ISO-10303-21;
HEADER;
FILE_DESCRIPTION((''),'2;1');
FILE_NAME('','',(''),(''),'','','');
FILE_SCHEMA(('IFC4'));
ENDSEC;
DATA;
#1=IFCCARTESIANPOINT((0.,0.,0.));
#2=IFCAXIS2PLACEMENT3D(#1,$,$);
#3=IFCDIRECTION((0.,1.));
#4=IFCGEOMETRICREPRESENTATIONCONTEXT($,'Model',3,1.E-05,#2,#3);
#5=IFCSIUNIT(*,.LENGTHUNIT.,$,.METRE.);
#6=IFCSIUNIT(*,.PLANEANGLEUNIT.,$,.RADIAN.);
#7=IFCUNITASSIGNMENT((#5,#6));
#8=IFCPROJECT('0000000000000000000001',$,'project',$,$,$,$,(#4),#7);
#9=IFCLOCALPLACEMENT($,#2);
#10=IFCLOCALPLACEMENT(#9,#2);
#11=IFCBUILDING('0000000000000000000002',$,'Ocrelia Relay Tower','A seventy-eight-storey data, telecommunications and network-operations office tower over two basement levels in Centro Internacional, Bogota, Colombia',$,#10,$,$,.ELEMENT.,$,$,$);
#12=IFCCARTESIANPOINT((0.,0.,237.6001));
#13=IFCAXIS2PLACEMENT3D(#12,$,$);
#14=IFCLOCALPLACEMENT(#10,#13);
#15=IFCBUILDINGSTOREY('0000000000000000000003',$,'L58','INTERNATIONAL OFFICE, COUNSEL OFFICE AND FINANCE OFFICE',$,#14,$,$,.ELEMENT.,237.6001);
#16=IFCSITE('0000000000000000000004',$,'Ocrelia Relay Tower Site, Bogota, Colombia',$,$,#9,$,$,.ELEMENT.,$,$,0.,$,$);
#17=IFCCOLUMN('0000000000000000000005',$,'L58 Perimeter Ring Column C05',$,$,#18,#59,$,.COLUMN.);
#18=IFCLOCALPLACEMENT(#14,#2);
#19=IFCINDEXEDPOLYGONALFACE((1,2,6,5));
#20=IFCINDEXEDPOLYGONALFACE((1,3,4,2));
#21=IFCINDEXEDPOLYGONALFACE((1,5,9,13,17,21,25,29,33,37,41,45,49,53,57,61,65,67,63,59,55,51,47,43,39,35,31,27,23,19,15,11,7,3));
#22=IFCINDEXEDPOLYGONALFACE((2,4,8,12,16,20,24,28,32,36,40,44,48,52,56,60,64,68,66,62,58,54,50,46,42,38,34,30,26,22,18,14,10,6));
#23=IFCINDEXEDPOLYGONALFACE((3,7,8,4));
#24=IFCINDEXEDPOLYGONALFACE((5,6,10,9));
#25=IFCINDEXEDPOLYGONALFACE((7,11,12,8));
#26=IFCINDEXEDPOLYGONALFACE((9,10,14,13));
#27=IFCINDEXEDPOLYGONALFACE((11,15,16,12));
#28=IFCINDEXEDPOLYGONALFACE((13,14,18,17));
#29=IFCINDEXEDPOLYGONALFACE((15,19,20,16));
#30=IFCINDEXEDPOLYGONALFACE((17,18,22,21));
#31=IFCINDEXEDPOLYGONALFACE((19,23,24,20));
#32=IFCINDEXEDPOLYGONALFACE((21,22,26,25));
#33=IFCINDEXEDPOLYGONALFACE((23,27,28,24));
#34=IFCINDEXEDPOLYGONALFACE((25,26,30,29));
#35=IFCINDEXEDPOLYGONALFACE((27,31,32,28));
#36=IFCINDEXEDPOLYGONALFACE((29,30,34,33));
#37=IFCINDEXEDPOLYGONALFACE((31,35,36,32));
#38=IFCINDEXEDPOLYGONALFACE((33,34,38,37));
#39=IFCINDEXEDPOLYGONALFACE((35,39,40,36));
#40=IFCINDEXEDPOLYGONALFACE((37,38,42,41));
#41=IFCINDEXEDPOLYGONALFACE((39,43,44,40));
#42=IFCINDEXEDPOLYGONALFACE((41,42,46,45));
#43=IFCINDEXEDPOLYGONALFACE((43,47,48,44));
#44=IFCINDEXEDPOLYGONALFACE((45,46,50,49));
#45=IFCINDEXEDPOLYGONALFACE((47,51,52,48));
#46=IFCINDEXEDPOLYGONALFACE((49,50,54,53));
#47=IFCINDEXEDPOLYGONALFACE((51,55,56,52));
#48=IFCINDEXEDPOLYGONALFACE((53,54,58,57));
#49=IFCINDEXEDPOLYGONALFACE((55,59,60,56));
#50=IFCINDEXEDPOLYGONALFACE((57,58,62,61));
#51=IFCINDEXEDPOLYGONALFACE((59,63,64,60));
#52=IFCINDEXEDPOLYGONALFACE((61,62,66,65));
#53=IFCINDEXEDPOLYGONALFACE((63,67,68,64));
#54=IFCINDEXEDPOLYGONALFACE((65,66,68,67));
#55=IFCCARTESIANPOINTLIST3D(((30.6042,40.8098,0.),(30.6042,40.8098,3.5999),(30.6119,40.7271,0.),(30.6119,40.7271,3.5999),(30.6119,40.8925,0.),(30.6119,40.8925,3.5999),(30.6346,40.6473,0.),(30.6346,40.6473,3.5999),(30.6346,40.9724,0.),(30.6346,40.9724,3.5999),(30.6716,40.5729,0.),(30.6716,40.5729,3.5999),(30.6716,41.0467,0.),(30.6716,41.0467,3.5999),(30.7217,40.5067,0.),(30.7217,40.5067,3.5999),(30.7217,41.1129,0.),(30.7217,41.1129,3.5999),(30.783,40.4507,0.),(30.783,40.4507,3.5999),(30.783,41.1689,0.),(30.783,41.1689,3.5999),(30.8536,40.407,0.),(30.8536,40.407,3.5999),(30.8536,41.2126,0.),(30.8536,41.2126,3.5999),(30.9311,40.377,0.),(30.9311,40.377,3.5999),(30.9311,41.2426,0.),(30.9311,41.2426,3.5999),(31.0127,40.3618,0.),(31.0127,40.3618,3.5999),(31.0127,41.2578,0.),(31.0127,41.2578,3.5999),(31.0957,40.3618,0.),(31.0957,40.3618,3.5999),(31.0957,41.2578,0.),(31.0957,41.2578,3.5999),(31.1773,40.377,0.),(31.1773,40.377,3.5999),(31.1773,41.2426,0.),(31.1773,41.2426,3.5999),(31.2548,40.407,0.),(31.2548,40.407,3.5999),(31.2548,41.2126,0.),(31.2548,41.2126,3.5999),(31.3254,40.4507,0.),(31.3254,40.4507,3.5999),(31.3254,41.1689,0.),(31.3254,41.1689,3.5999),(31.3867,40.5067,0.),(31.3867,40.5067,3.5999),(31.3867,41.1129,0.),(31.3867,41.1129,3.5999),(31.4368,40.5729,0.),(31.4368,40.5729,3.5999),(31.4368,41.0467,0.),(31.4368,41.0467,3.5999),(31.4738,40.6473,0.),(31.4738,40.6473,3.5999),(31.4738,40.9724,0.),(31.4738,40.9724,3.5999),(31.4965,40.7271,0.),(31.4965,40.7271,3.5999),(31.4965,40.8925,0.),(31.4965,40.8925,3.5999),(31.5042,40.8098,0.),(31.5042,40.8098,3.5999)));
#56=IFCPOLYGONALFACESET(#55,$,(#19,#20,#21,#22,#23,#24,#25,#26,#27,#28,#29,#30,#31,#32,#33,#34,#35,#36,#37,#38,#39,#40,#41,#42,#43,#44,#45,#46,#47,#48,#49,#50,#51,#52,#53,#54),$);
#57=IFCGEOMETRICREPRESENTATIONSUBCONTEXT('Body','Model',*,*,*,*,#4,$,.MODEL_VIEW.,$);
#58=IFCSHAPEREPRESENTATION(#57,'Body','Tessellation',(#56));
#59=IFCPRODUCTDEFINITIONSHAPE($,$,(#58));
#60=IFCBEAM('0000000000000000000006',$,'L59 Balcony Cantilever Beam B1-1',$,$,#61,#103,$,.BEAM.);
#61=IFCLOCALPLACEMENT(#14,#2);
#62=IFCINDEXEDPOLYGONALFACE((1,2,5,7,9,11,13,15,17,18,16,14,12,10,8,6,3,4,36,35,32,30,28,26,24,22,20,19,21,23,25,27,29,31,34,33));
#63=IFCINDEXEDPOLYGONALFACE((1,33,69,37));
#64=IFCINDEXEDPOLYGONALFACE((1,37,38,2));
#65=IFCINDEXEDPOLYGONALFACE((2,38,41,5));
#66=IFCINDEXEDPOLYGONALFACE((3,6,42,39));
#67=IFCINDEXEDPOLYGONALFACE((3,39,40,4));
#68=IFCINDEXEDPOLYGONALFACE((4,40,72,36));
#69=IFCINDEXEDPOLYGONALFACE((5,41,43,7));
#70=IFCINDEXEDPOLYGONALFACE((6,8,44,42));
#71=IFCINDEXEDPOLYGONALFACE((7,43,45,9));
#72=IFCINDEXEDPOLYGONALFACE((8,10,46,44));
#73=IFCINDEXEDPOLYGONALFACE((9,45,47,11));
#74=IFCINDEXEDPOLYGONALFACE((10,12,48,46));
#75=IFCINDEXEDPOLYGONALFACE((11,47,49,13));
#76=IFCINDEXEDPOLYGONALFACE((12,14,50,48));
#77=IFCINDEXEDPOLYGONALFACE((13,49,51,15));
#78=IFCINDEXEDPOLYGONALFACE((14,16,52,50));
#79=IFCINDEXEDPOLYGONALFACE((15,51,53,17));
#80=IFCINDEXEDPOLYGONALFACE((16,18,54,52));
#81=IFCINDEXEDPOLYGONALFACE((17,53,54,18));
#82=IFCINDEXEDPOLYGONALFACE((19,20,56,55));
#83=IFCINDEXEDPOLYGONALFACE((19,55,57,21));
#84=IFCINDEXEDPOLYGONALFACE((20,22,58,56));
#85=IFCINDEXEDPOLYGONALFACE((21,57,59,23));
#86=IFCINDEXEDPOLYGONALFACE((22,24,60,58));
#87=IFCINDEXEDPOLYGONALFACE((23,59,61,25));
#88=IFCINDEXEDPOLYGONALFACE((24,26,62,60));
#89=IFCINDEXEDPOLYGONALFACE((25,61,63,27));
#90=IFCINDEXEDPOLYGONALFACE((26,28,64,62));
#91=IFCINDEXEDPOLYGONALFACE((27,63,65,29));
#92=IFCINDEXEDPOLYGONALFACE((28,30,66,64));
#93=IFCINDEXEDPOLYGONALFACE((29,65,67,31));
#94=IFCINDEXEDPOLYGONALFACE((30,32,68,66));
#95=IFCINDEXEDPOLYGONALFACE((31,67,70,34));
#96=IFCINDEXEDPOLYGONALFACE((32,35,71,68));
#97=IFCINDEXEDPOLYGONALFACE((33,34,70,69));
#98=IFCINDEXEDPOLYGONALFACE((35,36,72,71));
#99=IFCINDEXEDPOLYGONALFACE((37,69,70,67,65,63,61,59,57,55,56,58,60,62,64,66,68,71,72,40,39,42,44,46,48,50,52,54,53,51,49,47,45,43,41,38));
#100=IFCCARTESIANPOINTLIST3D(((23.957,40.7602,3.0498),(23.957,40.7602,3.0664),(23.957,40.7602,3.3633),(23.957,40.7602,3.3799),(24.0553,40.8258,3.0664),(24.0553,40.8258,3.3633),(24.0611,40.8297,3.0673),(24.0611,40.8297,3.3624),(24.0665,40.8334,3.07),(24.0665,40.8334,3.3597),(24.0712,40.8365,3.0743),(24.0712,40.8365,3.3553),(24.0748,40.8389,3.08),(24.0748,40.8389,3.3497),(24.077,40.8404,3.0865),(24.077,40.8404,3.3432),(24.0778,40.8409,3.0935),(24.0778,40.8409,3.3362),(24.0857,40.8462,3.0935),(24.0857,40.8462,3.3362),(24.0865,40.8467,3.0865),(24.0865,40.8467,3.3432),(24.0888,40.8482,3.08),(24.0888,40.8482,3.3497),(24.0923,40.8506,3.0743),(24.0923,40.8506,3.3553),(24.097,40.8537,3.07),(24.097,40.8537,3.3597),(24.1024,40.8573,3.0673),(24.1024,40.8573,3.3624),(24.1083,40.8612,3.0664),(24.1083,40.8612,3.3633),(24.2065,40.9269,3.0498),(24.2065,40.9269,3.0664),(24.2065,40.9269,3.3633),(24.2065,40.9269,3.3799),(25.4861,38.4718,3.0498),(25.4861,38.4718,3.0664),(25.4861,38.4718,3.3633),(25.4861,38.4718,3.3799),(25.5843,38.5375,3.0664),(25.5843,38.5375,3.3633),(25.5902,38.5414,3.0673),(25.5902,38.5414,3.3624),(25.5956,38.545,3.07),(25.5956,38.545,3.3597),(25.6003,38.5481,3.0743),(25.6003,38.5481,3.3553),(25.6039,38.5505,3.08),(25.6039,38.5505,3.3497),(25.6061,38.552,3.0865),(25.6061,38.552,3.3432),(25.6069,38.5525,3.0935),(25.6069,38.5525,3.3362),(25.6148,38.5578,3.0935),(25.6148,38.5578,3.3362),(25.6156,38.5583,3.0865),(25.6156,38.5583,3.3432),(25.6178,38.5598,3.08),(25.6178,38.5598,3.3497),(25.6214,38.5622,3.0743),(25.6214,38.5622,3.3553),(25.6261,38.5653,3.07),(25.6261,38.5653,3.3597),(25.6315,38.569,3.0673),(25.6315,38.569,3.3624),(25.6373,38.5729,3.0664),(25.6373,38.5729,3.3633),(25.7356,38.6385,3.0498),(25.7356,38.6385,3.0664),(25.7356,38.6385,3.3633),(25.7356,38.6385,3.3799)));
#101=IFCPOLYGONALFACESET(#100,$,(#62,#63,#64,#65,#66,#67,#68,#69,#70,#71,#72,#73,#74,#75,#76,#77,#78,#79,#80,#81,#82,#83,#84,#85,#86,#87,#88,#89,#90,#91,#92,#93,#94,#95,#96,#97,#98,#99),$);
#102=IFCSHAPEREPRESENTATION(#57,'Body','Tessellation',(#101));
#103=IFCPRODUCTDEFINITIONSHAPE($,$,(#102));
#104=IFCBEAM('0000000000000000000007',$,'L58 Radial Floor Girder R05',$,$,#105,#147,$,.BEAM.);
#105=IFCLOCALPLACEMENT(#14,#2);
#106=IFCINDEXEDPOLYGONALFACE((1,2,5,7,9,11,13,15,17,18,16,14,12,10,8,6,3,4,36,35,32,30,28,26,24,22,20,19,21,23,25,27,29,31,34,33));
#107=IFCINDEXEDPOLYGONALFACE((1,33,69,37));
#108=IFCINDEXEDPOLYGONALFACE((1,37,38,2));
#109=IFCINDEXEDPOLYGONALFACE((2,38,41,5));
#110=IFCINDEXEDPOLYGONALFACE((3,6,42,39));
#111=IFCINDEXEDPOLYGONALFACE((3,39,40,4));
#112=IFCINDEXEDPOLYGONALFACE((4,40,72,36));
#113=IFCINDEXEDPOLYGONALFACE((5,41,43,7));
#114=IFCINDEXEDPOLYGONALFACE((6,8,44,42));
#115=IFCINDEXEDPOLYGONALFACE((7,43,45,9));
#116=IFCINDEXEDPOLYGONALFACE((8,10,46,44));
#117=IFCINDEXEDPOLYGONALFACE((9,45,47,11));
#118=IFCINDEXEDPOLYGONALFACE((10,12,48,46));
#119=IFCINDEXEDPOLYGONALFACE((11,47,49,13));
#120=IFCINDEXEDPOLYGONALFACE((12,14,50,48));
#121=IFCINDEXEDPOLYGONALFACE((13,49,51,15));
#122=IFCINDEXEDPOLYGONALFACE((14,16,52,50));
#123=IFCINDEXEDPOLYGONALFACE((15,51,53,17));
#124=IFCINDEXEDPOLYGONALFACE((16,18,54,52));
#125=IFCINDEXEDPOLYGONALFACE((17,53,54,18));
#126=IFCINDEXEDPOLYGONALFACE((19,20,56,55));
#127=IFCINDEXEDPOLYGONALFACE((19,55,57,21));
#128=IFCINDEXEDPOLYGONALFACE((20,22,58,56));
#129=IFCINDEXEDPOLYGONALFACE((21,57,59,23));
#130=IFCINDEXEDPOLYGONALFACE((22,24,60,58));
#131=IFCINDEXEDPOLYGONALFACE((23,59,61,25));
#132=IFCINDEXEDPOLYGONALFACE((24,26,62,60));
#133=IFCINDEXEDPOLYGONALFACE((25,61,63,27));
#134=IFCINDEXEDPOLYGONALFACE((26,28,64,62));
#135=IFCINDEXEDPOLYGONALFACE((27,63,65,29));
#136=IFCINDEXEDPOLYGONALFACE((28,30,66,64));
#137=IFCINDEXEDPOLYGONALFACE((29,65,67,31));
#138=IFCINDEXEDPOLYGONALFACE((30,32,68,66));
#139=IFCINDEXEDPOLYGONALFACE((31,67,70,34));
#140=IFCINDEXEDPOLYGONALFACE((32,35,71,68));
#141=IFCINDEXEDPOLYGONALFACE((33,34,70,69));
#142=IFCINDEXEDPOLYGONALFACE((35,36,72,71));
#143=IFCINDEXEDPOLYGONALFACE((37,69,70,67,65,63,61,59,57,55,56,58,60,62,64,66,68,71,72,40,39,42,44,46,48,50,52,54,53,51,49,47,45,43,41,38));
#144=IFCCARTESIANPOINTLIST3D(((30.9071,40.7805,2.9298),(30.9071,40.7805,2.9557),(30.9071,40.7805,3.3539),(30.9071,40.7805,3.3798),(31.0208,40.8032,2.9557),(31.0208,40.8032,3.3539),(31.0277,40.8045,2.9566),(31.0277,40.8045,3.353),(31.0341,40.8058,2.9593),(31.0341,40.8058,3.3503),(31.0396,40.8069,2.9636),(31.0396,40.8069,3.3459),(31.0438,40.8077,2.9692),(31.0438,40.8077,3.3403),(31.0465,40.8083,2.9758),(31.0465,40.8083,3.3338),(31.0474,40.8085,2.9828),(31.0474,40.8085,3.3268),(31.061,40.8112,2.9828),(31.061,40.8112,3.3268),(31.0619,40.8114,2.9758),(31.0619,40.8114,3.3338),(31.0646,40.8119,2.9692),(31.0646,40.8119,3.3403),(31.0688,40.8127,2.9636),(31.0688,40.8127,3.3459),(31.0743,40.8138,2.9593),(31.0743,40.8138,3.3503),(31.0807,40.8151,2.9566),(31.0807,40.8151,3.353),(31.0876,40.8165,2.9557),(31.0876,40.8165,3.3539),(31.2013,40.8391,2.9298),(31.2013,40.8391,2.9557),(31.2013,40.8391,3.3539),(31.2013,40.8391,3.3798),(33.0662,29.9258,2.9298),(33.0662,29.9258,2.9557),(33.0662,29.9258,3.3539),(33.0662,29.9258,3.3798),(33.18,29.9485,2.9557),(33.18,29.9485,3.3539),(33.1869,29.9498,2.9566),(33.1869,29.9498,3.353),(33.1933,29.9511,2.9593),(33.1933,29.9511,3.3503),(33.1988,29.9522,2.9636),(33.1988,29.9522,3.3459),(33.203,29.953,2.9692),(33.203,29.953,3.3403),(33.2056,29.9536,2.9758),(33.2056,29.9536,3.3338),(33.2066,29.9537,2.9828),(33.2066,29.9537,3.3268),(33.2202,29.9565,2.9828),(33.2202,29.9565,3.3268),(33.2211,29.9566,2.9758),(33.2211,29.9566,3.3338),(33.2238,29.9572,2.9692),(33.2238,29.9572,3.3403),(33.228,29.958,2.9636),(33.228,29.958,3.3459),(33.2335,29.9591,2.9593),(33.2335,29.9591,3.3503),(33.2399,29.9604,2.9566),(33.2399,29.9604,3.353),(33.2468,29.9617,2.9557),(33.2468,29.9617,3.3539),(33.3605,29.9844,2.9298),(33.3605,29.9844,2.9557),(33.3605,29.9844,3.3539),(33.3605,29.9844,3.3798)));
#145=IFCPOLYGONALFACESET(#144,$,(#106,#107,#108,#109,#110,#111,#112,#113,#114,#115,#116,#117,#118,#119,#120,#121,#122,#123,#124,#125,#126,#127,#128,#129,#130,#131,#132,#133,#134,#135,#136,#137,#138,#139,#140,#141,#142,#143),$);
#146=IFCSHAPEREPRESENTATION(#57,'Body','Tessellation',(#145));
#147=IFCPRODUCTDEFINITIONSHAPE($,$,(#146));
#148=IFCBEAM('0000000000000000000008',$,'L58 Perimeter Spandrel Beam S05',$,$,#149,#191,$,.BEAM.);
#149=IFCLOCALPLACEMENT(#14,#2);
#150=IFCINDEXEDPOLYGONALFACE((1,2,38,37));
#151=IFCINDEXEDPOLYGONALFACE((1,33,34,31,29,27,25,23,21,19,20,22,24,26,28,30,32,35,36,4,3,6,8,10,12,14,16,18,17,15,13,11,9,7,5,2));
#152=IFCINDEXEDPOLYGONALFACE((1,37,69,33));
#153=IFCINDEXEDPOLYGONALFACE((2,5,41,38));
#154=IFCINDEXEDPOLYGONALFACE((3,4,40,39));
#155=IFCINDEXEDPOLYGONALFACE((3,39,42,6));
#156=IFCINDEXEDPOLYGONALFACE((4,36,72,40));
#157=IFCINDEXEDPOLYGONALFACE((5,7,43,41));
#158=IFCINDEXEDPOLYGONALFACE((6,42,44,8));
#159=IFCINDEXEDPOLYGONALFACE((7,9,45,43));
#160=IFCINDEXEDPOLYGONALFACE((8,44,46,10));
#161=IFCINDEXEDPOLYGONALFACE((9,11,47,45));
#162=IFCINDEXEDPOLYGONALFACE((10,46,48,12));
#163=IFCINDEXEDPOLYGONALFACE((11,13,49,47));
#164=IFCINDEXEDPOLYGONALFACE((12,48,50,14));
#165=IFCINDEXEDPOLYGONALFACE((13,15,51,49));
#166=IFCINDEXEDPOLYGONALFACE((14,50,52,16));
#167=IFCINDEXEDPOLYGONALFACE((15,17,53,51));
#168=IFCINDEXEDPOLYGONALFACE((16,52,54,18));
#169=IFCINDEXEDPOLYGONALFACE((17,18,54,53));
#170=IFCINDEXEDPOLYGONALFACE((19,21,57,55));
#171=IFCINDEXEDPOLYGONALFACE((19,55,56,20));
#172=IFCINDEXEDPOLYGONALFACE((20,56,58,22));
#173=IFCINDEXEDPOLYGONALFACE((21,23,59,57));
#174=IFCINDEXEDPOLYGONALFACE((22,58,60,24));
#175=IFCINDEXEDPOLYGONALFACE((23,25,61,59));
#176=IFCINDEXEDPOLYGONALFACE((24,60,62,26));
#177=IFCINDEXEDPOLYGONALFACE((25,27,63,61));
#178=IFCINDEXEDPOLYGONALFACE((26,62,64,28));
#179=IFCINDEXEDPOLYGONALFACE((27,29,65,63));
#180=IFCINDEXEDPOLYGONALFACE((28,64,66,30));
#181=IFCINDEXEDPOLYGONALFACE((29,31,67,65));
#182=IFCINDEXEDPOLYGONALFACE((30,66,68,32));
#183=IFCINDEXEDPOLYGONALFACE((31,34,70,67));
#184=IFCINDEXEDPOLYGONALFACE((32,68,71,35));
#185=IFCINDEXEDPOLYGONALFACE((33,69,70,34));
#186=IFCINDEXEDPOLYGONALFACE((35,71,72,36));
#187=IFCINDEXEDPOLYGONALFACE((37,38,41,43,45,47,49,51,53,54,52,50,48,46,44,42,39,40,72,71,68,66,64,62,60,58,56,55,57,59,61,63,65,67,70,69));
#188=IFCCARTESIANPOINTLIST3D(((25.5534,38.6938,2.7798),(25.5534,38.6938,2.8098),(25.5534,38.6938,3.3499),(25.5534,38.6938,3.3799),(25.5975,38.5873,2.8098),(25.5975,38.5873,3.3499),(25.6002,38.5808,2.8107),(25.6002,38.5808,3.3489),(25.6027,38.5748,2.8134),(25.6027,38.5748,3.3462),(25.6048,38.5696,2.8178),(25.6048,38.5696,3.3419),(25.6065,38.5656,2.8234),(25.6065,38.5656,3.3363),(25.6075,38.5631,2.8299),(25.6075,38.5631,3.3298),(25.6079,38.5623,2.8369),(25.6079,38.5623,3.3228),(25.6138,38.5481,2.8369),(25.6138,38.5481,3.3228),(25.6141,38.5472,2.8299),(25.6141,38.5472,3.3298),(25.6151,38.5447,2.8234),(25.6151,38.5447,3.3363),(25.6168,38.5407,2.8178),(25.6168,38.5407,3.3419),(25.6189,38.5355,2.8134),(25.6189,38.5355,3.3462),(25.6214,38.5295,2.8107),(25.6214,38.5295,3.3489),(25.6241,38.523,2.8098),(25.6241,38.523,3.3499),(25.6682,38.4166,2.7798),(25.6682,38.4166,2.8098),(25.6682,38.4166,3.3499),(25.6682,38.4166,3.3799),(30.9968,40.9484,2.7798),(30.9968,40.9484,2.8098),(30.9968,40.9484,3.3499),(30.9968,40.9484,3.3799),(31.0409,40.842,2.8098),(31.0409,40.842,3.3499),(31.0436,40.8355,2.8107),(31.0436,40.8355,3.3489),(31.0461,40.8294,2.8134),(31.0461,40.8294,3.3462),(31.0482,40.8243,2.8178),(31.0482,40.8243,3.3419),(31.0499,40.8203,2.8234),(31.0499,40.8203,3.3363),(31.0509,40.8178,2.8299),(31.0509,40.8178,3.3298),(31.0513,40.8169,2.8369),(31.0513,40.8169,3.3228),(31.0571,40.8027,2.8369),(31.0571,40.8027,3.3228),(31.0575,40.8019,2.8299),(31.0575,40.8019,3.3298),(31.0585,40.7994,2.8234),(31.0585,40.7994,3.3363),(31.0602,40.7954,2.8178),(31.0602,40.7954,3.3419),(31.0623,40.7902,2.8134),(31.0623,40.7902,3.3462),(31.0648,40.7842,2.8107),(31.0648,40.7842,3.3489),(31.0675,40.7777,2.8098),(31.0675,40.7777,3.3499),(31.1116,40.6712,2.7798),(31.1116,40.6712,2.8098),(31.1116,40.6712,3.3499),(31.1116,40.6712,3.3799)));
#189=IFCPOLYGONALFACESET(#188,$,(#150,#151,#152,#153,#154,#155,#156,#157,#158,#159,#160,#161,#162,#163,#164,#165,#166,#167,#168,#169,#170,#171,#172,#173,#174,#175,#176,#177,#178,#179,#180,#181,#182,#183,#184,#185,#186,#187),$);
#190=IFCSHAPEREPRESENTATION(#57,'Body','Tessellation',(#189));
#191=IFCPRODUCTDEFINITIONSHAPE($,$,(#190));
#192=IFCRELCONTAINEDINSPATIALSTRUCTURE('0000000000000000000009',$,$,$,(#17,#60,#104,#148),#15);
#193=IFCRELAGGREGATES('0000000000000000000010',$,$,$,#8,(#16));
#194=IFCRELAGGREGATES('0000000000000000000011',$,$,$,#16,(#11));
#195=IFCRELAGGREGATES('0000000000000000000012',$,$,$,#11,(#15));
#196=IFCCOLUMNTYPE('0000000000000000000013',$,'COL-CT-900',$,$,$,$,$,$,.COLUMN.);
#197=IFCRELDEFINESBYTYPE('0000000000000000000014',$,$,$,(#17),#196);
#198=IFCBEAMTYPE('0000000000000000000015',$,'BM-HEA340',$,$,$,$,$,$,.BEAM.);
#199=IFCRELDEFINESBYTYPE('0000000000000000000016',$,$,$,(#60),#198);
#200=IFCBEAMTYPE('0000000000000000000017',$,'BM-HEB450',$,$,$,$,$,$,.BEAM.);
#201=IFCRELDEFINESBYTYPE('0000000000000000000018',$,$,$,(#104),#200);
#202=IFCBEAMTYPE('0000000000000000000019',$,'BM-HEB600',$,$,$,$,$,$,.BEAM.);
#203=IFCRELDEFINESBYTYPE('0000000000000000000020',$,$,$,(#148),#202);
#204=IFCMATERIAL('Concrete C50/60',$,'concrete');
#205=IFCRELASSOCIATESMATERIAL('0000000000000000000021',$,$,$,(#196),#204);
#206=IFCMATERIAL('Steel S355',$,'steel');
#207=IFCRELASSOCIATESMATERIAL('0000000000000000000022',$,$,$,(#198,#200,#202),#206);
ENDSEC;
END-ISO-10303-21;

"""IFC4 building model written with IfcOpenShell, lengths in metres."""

from ifc_helpers import new_model, si_unit, direction, frame, origin, origin_2d, place, context, subcontext, project, spatial, circle, i_section, extrude, material, material_profile, profile_set, type_object, element, save


model = new_model("IFC4")

# Units and contexts
model_context = context("Model", 3, precision=1e-05, world=origin(), true_north=direction((0.0, 1.0)))
body_context = subcontext(model_context, "Body", "Model", "MODEL_VIEW")
ifc_project = project(units=[si_unit("LENGTHUNIT", "METRE"), si_unit("PLANEANGLEUNIT", "RADIAN")], contexts=[model_context])

# Site, building, storey
site_placement = place(None, origin())
site = spatial("IfcSite", under=ifc_project, at=site_placement, Name="Ocrelia Relay Tower Site, Bogota, Colombia", CompositionType="ELEMENT", RefElevation=0.0)
building_placement = place(site_placement, origin())
building = spatial("IfcBuilding", under=site, at=building_placement, Name="Ocrelia Relay Tower", Description="A seventy-eight-storey data, telecommunications and network-operations office tower over two basement levels in Centro Internacional, Bogota, Colombia", CompositionType="ELEMENT")
storey_placement = place(building_placement, frame((0.0, 0.0, 237.6001)))
storey = spatial("IfcBuildingStorey", under=building, at=storey_placement, Name="L58", Description="INTERNATIONAL OFFICE, COUNSEL OFFICE AND FINANCE OFFICE", CompositionType="ELEMENT", Elevation=237.6001)

# Column
ifc_material_1 = material(Name="Concrete C50/60", Category="concrete")
ifc_material_profile_1 = material_profile(ifc_material_1, circle(Radius=0.45, at=origin_2d()), Name="RC-CIR-900")
ifc_profile_set_1 = profile_set([ifc_material_profile_1], Name="Concrete C50/60")
column_type = type_object("IfcColumnType", Name="COL-CT-900", PredefinedType="COLUMN", material=ifc_profile_set_1)
column_placement = place(storey_placement, frame((31.0542, 40.8098, 0.0), z_axis=(0.0, 0.0, 1.0), x_axis=(1.0, 0.0, 0.0)))
element("IfcColumn", 1, at=column_placement, inside=storey, type_object=column_type, Name="L58 Perimeter Ring Column C05", PredefinedType="COLUMN", context=body_context, shape_type="SweptSolid", body=[
    extrude(circle(Radius=0.45, at=origin_2d()), origin(), (0.0, 0.0, 1.0), 3.5999),
])

# Beams
ifc_material_2 = material(Name="Steel S355", Category="steel")
ifc_material_profile_2 = material_profile(ifc_material_2, i_section(OverallWidth=0.3, OverallDepth=0.3301, WebThickness=0.0095, FlangeThickness=0.0166, FilletRadius=0.0271, at=origin_2d()), Name="HEA 340")
ifc_profile_set_2 = profile_set([ifc_material_profile_2], Name="Steel S355")
beam_type_1 = type_object("IfcBeamType", Name="BM-HEA340", PredefinedType="BEAM", material=ifc_profile_set_2)
beam_1_placement = place(storey_placement, frame((25.6108, 38.5552, 3.2148), z_axis=(-0.55558, 0.831463, 0.0), x_axis=(-0.831463, -0.55558, 0.0)))
element("IfcBeam", 2, at=beam_1_placement, inside=storey, type_object=beam_type_1, Name="L59 Balcony Cantilever Beam B1-1", PredefinedType="BEAM", context=body_context, shape_type="SweptSolid", body=[
    extrude(i_section(OverallWidth=0.3, OverallDepth=0.3301, WebThickness=0.0095, FlangeThickness=0.0166, FilletRadius=0.0271, at=origin_2d()), origin(), (0.0, 0.0, 1.0), 2.7522),
])
ifc_material_profile_3 = material_profile(ifc_material_2, i_section(OverallWidth=0.3, OverallDepth=0.45, WebThickness=0.0139, FlangeThickness=0.0259, FilletRadius=0.0271, at=origin_2d()), Name="HEB 450")
ifc_profile_set_3 = profile_set([ifc_material_profile_3], Name="Steel S355")
beam_type_2 = type_object("IfcBeamType", Name="BM-HEB450", PredefinedType="BEAM", material=ifc_profile_set_3)
beam_2_placement = place(storey_placement, frame((31.0542, 40.8098, 3.1548), z_axis=(0.195094, -0.980785, 0.0), x_axis=(0.980785, 0.195094, 0.0)))
element("IfcBeam", 3, at=beam_2_placement, inside=storey, type_object=beam_type_2, Name="L58 Radial Floor Girder R05", PredefinedType="BEAM", context=body_context, shape_type="SweptSolid", body=[
    extrude(i_section(OverallWidth=0.3, OverallDepth=0.45, WebThickness=0.0139, FlangeThickness=0.0259, FilletRadius=0.0271, at=origin_2d()), origin(), (0.0, 0.0, 1.0), 11.0674),
])
ifc_material_profile_4 = material_profile(ifc_material_2, i_section(OverallWidth=0.3, OverallDepth=0.6001, WebThickness=0.0154, FlangeThickness=0.03, FilletRadius=0.0271, at=origin_2d()), Name="HEB 600")
ifc_profile_set_4 = profile_set([ifc_material_profile_4], Name="Steel S355")
beam_type_3 = type_object("IfcBeamType", Name="BM-HEB600", PredefinedType="BEAM", material=ifc_profile_set_4)
beam_3_placement = place(storey_placement, frame((31.0542, 40.8098, 3.0798), z_axis=(-0.923884, -0.382673, 0.0), x_axis=(0.382673, -0.923884, 0.0)))
element("IfcBeam", 4, at=beam_3_placement, inside=storey, type_object=beam_type_3, Name="L58 Perimeter Spandrel Beam S05", PredefinedType="BEAM", context=body_context, shape_type="SweptSolid", body=[
    extrude(i_section(OverallWidth=0.3, OverallDepth=0.6001, WebThickness=0.0154, FlangeThickness=0.03, FilletRadius=0.0271, at=origin_2d()), origin(), (0.0, 0.0, 1.0), 5.8918),
])

save(model, "model.ifc")
